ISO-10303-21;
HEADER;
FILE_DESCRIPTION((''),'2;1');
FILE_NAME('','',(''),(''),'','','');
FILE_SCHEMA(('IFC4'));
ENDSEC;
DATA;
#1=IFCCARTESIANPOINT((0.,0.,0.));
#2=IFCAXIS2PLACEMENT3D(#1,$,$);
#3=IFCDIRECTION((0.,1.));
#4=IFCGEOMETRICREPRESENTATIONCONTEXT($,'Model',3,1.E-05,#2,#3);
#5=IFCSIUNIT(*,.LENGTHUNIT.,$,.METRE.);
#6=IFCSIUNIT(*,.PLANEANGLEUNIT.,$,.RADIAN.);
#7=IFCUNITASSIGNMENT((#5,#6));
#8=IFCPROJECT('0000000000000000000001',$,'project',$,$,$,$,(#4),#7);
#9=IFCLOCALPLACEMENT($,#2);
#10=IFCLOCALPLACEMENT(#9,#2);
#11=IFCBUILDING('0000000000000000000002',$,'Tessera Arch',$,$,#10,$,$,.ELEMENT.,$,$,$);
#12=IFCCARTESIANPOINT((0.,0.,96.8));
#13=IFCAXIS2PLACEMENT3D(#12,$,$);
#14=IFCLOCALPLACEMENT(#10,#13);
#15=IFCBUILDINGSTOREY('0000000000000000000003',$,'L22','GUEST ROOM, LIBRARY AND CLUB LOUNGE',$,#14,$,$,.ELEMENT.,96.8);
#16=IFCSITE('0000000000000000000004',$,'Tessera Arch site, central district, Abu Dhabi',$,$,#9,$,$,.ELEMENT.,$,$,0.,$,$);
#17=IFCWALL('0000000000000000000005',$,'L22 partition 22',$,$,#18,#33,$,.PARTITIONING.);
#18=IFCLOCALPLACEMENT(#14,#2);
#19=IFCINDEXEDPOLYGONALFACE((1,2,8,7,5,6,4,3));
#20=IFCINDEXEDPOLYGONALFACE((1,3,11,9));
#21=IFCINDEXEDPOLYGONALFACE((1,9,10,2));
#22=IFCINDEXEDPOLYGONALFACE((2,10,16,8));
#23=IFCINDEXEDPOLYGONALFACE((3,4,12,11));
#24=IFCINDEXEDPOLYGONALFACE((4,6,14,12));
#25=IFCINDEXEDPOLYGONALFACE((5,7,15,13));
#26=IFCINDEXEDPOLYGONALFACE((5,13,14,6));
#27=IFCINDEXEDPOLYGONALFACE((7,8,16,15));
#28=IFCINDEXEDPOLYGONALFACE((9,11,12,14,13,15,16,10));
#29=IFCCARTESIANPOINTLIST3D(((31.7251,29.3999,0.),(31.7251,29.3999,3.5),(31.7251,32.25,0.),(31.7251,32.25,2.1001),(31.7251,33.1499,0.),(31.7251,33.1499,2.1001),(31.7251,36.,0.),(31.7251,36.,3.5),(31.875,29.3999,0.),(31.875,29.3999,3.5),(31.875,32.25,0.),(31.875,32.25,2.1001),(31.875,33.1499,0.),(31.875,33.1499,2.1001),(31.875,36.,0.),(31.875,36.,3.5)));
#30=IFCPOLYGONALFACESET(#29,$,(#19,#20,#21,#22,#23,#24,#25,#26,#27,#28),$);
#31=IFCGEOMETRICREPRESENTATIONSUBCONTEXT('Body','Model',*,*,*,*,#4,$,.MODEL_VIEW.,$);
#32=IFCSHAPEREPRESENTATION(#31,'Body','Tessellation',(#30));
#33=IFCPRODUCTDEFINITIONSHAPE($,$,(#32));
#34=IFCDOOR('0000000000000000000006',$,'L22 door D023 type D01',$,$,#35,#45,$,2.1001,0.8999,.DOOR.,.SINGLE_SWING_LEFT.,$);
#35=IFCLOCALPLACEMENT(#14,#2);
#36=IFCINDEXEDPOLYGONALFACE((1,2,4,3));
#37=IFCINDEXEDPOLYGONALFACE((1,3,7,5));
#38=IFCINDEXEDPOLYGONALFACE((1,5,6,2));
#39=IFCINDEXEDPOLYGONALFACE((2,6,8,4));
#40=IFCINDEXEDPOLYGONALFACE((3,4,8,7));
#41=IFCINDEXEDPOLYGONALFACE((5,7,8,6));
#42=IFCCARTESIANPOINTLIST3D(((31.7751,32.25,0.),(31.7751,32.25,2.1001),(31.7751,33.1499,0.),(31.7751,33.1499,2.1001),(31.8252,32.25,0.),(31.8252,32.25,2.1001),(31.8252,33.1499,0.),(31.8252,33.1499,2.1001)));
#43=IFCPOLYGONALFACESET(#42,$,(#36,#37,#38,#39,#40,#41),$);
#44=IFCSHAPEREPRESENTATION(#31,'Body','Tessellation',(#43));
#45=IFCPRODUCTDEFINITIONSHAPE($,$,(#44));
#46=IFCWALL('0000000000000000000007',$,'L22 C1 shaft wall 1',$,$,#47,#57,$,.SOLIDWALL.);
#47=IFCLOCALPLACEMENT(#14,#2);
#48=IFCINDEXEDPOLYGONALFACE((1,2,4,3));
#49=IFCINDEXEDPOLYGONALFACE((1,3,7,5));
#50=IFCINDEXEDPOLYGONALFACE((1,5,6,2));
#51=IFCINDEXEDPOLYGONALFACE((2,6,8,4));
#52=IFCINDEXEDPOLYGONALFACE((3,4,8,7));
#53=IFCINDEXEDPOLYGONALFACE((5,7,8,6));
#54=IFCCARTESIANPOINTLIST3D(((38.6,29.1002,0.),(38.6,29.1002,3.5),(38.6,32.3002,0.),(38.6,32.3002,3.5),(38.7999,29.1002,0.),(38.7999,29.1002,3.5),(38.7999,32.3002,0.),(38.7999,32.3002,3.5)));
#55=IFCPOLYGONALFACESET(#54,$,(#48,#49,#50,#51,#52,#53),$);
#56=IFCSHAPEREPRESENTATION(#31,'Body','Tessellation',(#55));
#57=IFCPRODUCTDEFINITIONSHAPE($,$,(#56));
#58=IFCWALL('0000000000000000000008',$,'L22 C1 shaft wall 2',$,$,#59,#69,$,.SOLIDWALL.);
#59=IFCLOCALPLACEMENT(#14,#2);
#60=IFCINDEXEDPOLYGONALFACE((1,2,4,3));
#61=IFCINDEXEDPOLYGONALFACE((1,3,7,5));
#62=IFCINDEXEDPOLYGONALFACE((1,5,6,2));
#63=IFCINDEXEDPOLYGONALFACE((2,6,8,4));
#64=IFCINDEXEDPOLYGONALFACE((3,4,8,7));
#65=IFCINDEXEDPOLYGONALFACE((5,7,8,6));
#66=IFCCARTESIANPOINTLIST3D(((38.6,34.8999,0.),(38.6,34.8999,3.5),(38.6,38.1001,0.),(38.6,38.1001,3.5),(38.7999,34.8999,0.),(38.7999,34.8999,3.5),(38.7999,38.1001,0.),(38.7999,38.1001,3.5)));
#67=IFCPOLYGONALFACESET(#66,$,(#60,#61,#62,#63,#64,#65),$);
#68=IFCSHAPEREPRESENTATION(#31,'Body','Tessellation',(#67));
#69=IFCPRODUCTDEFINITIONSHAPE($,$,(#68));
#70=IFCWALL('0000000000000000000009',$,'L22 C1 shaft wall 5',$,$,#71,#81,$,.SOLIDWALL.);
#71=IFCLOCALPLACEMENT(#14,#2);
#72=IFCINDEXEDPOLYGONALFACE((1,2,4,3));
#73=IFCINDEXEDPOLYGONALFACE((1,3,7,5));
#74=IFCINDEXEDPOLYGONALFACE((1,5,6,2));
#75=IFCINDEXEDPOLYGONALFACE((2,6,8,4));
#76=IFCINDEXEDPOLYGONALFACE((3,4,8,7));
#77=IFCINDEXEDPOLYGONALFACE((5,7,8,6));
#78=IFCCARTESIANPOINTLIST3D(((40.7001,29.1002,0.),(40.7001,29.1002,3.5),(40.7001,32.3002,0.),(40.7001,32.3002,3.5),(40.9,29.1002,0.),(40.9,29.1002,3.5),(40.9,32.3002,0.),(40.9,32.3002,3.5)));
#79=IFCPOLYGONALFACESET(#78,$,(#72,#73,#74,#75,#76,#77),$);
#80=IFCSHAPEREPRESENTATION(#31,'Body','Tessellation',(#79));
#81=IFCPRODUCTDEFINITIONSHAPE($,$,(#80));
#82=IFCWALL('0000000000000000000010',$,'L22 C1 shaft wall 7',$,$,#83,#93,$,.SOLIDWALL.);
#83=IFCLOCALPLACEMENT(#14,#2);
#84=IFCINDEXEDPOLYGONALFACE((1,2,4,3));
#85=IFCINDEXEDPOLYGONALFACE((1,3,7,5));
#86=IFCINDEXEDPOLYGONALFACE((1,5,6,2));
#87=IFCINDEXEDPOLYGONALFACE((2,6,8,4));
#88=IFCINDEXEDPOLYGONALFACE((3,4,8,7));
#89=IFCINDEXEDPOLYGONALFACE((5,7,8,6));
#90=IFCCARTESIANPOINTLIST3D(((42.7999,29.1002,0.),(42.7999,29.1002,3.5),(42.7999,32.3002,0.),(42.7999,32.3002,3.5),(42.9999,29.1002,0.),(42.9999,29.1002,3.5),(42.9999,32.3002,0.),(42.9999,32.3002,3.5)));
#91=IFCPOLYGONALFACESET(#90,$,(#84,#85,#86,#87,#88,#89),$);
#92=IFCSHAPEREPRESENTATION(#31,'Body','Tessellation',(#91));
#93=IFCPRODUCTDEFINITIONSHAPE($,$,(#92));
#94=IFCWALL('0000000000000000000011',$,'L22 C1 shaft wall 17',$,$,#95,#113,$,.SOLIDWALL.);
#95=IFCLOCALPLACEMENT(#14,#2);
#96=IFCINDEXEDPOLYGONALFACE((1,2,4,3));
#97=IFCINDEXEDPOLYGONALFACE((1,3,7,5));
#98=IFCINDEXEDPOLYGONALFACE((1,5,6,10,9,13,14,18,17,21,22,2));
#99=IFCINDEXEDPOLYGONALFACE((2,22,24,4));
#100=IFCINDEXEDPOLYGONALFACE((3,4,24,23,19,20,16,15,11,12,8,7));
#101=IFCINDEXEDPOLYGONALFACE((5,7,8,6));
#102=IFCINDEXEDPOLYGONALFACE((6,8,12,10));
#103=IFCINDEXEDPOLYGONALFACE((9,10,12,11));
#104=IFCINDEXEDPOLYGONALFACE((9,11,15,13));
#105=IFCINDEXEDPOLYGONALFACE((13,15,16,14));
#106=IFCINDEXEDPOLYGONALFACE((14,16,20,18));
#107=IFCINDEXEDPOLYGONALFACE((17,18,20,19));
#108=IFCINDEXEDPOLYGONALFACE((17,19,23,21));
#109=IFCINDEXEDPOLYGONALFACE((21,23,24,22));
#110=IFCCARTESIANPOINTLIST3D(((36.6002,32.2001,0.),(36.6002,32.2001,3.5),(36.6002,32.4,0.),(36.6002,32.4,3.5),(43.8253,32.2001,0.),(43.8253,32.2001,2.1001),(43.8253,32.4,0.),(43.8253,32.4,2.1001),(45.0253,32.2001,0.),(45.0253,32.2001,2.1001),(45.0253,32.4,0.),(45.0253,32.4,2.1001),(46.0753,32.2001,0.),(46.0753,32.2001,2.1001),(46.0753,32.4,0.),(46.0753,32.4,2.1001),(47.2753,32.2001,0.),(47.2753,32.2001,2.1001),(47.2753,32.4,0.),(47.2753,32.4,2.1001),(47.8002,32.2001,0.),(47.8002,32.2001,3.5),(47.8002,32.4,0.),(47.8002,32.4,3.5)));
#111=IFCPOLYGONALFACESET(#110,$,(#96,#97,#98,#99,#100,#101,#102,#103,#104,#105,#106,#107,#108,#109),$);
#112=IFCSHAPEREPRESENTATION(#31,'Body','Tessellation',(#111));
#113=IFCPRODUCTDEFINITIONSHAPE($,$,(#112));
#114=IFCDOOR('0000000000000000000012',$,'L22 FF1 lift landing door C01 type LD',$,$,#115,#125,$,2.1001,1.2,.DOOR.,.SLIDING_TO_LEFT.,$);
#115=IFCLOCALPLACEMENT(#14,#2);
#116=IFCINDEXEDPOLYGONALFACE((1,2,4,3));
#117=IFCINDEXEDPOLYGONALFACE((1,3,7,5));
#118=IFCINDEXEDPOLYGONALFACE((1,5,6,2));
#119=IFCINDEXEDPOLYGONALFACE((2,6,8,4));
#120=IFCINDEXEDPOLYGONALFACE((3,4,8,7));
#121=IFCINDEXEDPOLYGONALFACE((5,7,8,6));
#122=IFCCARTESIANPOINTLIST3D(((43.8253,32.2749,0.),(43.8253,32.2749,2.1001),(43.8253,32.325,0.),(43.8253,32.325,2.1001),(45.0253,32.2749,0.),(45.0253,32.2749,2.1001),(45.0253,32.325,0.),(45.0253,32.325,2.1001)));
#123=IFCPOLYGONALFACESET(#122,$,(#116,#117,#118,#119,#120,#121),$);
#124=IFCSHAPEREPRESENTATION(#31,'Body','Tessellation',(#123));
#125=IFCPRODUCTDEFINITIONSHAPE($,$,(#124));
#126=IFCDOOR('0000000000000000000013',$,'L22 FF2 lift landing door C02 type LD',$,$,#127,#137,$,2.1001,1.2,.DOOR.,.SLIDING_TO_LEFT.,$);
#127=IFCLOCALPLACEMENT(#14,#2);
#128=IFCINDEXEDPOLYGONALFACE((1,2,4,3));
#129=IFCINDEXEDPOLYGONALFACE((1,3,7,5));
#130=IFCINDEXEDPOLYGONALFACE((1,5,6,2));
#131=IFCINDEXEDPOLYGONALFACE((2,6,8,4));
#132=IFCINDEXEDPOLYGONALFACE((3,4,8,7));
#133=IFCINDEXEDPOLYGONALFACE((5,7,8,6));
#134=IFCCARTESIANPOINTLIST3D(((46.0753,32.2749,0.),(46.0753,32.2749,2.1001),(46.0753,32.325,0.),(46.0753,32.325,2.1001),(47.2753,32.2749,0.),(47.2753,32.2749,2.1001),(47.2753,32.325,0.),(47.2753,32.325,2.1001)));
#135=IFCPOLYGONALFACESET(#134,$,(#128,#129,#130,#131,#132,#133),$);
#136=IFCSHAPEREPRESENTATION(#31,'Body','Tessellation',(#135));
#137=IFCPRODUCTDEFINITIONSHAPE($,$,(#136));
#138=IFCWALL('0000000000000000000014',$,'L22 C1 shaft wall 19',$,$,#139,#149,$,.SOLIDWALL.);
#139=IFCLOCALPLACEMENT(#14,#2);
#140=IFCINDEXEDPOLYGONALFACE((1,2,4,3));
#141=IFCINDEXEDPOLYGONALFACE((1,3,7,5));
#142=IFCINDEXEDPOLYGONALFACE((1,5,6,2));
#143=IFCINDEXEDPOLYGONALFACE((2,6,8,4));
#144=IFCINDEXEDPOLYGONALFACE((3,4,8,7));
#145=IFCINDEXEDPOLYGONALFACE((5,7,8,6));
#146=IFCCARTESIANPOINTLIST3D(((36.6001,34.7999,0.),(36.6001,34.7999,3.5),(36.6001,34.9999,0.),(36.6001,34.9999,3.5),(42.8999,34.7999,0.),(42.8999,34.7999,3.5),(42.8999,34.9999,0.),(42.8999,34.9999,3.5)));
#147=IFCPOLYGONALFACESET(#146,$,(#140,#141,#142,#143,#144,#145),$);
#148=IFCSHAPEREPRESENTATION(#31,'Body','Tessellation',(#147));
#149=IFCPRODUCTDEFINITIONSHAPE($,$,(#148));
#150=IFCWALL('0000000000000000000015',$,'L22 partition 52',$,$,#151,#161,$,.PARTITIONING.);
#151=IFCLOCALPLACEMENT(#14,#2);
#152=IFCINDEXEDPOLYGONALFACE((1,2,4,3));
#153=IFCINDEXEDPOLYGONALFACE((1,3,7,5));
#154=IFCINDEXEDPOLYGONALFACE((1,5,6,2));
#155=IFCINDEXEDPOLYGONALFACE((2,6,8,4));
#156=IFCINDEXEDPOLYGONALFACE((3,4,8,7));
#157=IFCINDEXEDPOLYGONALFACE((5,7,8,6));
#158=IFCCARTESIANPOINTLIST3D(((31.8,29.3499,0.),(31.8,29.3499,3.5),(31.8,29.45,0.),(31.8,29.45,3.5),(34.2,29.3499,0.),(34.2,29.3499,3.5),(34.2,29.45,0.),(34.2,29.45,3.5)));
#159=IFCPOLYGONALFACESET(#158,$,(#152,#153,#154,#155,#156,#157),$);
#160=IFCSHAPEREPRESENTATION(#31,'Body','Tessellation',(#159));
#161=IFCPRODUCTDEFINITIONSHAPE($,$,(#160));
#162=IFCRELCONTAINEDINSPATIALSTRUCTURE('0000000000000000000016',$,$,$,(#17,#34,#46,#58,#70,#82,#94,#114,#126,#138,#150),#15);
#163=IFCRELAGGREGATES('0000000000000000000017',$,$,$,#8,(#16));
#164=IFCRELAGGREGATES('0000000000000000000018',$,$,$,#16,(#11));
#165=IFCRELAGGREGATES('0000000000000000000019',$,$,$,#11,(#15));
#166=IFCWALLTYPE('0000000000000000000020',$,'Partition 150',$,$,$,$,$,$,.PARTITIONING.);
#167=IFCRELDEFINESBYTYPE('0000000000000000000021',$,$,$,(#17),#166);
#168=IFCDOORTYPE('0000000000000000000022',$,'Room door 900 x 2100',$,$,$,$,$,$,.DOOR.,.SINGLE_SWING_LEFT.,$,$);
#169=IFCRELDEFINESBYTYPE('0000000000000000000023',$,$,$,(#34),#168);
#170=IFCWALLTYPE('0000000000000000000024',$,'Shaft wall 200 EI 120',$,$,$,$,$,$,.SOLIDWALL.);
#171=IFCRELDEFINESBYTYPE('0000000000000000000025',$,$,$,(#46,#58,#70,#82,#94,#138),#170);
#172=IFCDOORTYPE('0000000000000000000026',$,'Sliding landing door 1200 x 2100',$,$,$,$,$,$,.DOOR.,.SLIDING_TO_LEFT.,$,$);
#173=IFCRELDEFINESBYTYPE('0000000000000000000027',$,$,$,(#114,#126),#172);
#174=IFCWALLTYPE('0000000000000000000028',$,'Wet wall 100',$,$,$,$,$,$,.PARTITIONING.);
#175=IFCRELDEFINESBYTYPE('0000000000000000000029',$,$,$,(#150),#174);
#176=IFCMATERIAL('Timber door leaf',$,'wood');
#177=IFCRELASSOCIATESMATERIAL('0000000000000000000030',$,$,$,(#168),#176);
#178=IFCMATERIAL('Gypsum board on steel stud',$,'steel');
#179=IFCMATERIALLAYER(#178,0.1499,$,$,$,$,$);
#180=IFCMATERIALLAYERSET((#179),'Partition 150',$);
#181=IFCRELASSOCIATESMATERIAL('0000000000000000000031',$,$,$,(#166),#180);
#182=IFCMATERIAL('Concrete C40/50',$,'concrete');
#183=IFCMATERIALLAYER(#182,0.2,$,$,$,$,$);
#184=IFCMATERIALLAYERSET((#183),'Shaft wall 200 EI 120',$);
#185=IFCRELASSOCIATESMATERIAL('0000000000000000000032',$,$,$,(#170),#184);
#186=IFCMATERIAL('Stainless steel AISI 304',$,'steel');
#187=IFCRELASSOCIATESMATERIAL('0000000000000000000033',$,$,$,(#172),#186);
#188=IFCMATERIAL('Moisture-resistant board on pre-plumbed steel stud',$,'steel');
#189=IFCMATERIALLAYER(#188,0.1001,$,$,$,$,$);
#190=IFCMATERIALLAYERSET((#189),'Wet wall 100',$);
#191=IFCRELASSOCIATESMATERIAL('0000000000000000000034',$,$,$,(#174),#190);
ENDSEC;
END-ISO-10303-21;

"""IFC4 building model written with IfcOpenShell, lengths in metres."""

from ifc_helpers import new_model, si_unit, direction, frame, frame_2d, origin, place, context, subcontext, project, spatial, rectangle, extrude, material, layer, layer_set, type_object, element, fill, save


model = new_model("IFC4")

# Units and contexts
model_context = context("Model", 3, precision=1e-05, world=origin(), true_north=direction((0.0, 1.0)))
body_context = subcontext(model_context, "Body", "Model", "MODEL_VIEW")
ifc_project = project(units=[si_unit("LENGTHUNIT", "METRE"), si_unit("PLANEANGLEUNIT", "RADIAN")], contexts=[model_context])

# Site, building, storey
site_placement = place(None, origin())
site = spatial("IfcSite", under=ifc_project, at=site_placement, Name="Tessera Arch site, central district, Abu Dhabi", CompositionType="ELEMENT", RefElevation=0.0)
building_placement = place(site_placement, origin())
building = spatial("IfcBuilding", under=site, at=building_placement, Name="Tessera Arch", CompositionType="ELEMENT")
storey_placement = place(building_placement, frame((0.0, 0.0, 96.8)))
storey = spatial("IfcBuildingStorey", under=building, at=storey_placement, Name="L22", Description="GUEST ROOM, LIBRARY AND CLUB LOUNGE", CompositionType="ELEMENT", Elevation=96.8)

# Shared definitions
ifc_material_1 = material(Name="Timber door leaf", Category="wood")
door_type_1 = type_object("IfcDoorType", Name="Room door 900 x 2100", OperationType="SINGLE_SWING_LEFT", PredefinedType="DOOR", material=ifc_material_1)

# Wall, opening, door
ifc_material_2 = material(Name="Gypsum board on steel stud", Category="steel")
ifc_layer_1 = layer(ifc_material_2, 0.1499)
ifc_layer_set_1 = layer_set([ifc_layer_1], Name="Partition 150")
wall_type_1 = type_object("IfcWallType", Name="Partition 150", PredefinedType="PARTITIONING", material=ifc_layer_set_1)
wall_1_placement = place(storey_placement, frame((31.8, 29.3999, 0.0), z_axis=(0.0, 0.0, 1.0), x_axis=(0.0, 1.0, 0.0)))
wall_1 = element("IfcWall", 1, at=wall_1_placement, inside=storey, type_object=wall_type_1, Name="L22 partition 22", PredefinedType="PARTITIONING", context=body_context, shape_type="SweptSolid", body=[
    extrude(rectangle(XDim=6.6001, YDim=0.1499, at=frame_2d((3.3, 0.0))), origin(), (0.0, 0.0, 1.0), 3.5),
])
opening_1_placement = place(wall_1_placement, frame((2.8501, 0.0, 0.0)))
opening_1 = element("IfcOpeningElement", 2, at=opening_1_placement, cuts=wall_1, PredefinedType="OPENING", context=body_context, shape_type="SweptSolid", body=[
    extrude(rectangle(XDim=0.8999, YDim=2.1001, at=frame_2d((0.45, 1.05))), frame((0.0, 0.085, 0.0), z_axis=(0.0, -1.0, 0.0), x_axis=(1.0, 0.0, 0.0)), (0.0, 0.0, 1.0), 0.1699),
])
door_1_placement = place(opening_1_placement, origin())
door_1 = element("IfcDoor", 3, at=door_1_placement, inside=storey, type_object=door_type_1, Name="L22 door D023 type D01", OperationType="SINGLE_SWING_LEFT", OverallHeight=2.1001, OverallWidth=0.8999, PredefinedType="DOOR", context=body_context, shape_type="SweptSolid", body=[
    extrude(rectangle(XDim=0.8999, YDim=2.1001, at=frame_2d((0.45, 1.05))), frame((0.0, 0.0249, 0.0), z_axis=(0.0, -1.0, 0.0), x_axis=(1.0, 0.0, 0.0)), (0.0, 0.0, 1.0), 0.05),
])
fill(opening_1, door_1)

# Walls
ifc_material_3 = material(Name="Concrete C40/50", Category="concrete")
ifc_layer_2 = layer(ifc_material_3, 0.2)
ifc_layer_set_2 = layer_set([ifc_layer_2], Name="Shaft wall 200 EI 120")
wall_type_2 = type_object("IfcWallType", Name="Shaft wall 200 EI 120", PredefinedType="SOLIDWALL", material=ifc_layer_set_2)
wall_2_placement = place(storey_placement, frame((38.7, 29.1001, 0.0), z_axis=(0.0, 0.0, 1.0), x_axis=(0.0, 1.0, 0.0)))
element("IfcWall", 4, at=wall_2_placement, inside=storey, type_object=wall_type_2, Name="L22 C1 shaft wall 1", PredefinedType="SOLIDWALL", context=body_context, shape_type="SweptSolid", body=[
    extrude(rectangle(XDim=3.2, YDim=0.2, at=frame_2d((1.6001, 0.0))), origin(), (0.0, 0.0, 1.0), 3.5),
])
wall_3_placement = place(storey_placement, frame((38.7, 34.8999, 0.0), z_axis=(0.0, 0.0, 1.0), x_axis=(0.0, 1.0, 0.0)))
element("IfcWall", 5, at=wall_3_placement, inside=storey, type_object=wall_type_2, Name="L22 C1 shaft wall 2", PredefinedType="SOLIDWALL", context=body_context, shape_type="SweptSolid", body=[
    extrude(rectangle(XDim=3.2002, YDim=0.2, at=frame_2d((1.6001, 0.0))), origin(), (0.0, 0.0, 1.0), 3.5),
])
for number, where, z_axis, x_axis, name in (
    (6, (40.8, 29.1001, 0.0), (0.0, 0.0, 1.0), (0.0, 1.0, 0.0), "L22 C1 shaft wall 5"),
    (7, (42.8999, 29.1001, 0.0), (0.0, 0.0, 1.0), (0.0, 1.0, 0.0), "L22 C1 shaft wall 7"),
):
    element("IfcWall", number, at=place(storey_placement, frame(where, z_axis=z_axis, x_axis=x_axis)), inside=storey, type_object=wall_type_2, Name=name, PredefinedType="SOLIDWALL", context=body_context, shape_type="SweptSolid", body=[
        extrude(rectangle(XDim=3.2, YDim=0.2, at=frame_2d((1.6001, 0.0))), origin(), (0.0, 0.0, 1.0), 3.5),
    ])

# Wall, openings, doors
wall_4_placement = place(storey_placement, frame((36.6001, 32.3, 0.0), z_axis=(0.0, 0.0, 1.0), x_axis=(1.0, 0.0, 0.0)))
wall_4 = element("IfcWall", 8, at=wall_4_placement, inside=storey, type_object=wall_type_2, Name="L22 C1 shaft wall 17", PredefinedType="SOLIDWALL", context=body_context, shape_type="SweptSolid", body=[
    extrude(rectangle(XDim=11.2, YDim=0.2, at=frame_2d((5.6001, 0.0))), origin(), (0.0, 0.0, 1.0), 3.5),
])
opening_2_placement = place(wall_4_placement, frame((7.2251, 0.0, 0.0)))
opening_2 = element("IfcOpeningElement", 9, at=opening_2_placement, cuts=wall_4, PredefinedType="OPENING", context=body_context, shape_type="SweptSolid", body=[
    extrude(rectangle(XDim=1.2, YDim=2.1001, at=frame_2d((0.6001, 1.05))), frame((0.0, 0.1099, 0.0), z_axis=(0.0, -1.0, 0.0), x_axis=(1.0, 0.0, 0.0)), (0.0, 0.0, 1.0), 0.22),
])
opening_3_placement = place(wall_4_placement, frame((9.4751, 0.0, 0.0)))
opening_3 = element("IfcOpeningElement", 10, at=opening_3_placement, cuts=wall_4, PredefinedType="OPENING", context=body_context, shape_type="SweptSolid", body=[
    extrude(rectangle(XDim=1.2, YDim=2.1001, at=frame_2d((0.6001, 1.05))), frame((0.0, 0.1099, 0.0), z_axis=(0.0, -1.0, 0.0), x_axis=(1.0, 0.0, 0.0)), (0.0, 0.0, 1.0), 0.22),
])
ifc_material_4 = material(Name="Stainless steel AISI 304", Category="steel")
door_type_2 = type_object("IfcDoorType", Name="Sliding landing door 1200 x 2100", OperationType="SLIDING_TO_LEFT", PredefinedType="DOOR", material=ifc_material_4)
door_2_placement = place(opening_2_placement, origin())
door_2 = element("IfcDoor", 11, at=door_2_placement, inside=storey, type_object=door_type_2, Name="L22 FF1 lift landing door C01 type LD", OperationType="SLIDING_TO_LEFT", OverallHeight=2.1001, OverallWidth=1.2, PredefinedType="DOOR", context=body_context, shape_type="SweptSolid", body=[
    extrude(rectangle(XDim=1.2, YDim=2.1001, at=frame_2d((0.6001, 1.05))), frame((0.0, 0.0249, 0.0), z_axis=(0.0, -1.0, 0.0), x_axis=(1.0, 0.0, 0.0)), (0.0, 0.0, 1.0), 0.05),
])
fill(opening_2, door_2)
door_3_placement = place(opening_3_placement, origin())
door_3 = element("IfcDoor", 12, at=door_3_placement, inside=storey, type_object=door_type_2, Name="L22 FF2 lift landing door C02 type LD", OperationType="SLIDING_TO_LEFT", OverallHeight=2.1001, OverallWidth=1.2, PredefinedType="DOOR", context=body_context, shape_type="SweptSolid", body=[
    extrude(rectangle(XDim=1.2, YDim=2.1001, at=frame_2d((0.6001, 1.05))), frame((0.0, 0.0249, 0.0), z_axis=(0.0, -1.0, 0.0), x_axis=(1.0, 0.0, 0.0)), (0.0, 0.0, 1.0), 0.05),
])
fill(opening_3, door_3)

# Walls
wall_5_placement = place(storey_placement, frame((36.6001, 34.8999, 0.0), z_axis=(0.0, 0.0, 1.0), x_axis=(1.0, 0.0, 0.0)))
element("IfcWall", 13, at=wall_5_placement, inside=storey, type_object=wall_type_2, Name="L22 C1 shaft wall 19", PredefinedType="SOLIDWALL", context=body_context, shape_type="SweptSolid", body=[
    extrude(rectangle(XDim=6.2998, YDim=0.2, at=frame_2d((3.1499, 0.0))), origin(), (0.0, 0.0, 1.0), 3.5),
])
ifc_material_5 = material(Name="Moisture-resistant board on pre-plumbed steel stud", Category="steel")
ifc_layer_3 = layer(ifc_material_5, 0.1001)
ifc_layer_set_3 = layer_set([ifc_layer_3], Name="Wet wall 100")
wall_type_3 = type_object("IfcWallType", Name="Wet wall 100", PredefinedType="PARTITIONING", material=ifc_layer_set_3)
wall_6_placement = place(storey_placement, frame((31.8, 29.3999, 0.0), z_axis=(0.0, 0.0, 1.0), x_axis=(1.0, 0.0, 0.0)))
element("IfcWall", 14, at=wall_6_placement, inside=storey, type_object=wall_type_3, Name="L22 partition 52", PredefinedType="PARTITIONING", context=body_context, shape_type="SweptSolid", body=[
    extrude(rectangle(XDim=2.3999, YDim=0.1001, at=frame_2d((1.2, 0.0))), origin(), (0.0, 0.0, 1.0), 3.5),
])

save(model, "model.ifc")
